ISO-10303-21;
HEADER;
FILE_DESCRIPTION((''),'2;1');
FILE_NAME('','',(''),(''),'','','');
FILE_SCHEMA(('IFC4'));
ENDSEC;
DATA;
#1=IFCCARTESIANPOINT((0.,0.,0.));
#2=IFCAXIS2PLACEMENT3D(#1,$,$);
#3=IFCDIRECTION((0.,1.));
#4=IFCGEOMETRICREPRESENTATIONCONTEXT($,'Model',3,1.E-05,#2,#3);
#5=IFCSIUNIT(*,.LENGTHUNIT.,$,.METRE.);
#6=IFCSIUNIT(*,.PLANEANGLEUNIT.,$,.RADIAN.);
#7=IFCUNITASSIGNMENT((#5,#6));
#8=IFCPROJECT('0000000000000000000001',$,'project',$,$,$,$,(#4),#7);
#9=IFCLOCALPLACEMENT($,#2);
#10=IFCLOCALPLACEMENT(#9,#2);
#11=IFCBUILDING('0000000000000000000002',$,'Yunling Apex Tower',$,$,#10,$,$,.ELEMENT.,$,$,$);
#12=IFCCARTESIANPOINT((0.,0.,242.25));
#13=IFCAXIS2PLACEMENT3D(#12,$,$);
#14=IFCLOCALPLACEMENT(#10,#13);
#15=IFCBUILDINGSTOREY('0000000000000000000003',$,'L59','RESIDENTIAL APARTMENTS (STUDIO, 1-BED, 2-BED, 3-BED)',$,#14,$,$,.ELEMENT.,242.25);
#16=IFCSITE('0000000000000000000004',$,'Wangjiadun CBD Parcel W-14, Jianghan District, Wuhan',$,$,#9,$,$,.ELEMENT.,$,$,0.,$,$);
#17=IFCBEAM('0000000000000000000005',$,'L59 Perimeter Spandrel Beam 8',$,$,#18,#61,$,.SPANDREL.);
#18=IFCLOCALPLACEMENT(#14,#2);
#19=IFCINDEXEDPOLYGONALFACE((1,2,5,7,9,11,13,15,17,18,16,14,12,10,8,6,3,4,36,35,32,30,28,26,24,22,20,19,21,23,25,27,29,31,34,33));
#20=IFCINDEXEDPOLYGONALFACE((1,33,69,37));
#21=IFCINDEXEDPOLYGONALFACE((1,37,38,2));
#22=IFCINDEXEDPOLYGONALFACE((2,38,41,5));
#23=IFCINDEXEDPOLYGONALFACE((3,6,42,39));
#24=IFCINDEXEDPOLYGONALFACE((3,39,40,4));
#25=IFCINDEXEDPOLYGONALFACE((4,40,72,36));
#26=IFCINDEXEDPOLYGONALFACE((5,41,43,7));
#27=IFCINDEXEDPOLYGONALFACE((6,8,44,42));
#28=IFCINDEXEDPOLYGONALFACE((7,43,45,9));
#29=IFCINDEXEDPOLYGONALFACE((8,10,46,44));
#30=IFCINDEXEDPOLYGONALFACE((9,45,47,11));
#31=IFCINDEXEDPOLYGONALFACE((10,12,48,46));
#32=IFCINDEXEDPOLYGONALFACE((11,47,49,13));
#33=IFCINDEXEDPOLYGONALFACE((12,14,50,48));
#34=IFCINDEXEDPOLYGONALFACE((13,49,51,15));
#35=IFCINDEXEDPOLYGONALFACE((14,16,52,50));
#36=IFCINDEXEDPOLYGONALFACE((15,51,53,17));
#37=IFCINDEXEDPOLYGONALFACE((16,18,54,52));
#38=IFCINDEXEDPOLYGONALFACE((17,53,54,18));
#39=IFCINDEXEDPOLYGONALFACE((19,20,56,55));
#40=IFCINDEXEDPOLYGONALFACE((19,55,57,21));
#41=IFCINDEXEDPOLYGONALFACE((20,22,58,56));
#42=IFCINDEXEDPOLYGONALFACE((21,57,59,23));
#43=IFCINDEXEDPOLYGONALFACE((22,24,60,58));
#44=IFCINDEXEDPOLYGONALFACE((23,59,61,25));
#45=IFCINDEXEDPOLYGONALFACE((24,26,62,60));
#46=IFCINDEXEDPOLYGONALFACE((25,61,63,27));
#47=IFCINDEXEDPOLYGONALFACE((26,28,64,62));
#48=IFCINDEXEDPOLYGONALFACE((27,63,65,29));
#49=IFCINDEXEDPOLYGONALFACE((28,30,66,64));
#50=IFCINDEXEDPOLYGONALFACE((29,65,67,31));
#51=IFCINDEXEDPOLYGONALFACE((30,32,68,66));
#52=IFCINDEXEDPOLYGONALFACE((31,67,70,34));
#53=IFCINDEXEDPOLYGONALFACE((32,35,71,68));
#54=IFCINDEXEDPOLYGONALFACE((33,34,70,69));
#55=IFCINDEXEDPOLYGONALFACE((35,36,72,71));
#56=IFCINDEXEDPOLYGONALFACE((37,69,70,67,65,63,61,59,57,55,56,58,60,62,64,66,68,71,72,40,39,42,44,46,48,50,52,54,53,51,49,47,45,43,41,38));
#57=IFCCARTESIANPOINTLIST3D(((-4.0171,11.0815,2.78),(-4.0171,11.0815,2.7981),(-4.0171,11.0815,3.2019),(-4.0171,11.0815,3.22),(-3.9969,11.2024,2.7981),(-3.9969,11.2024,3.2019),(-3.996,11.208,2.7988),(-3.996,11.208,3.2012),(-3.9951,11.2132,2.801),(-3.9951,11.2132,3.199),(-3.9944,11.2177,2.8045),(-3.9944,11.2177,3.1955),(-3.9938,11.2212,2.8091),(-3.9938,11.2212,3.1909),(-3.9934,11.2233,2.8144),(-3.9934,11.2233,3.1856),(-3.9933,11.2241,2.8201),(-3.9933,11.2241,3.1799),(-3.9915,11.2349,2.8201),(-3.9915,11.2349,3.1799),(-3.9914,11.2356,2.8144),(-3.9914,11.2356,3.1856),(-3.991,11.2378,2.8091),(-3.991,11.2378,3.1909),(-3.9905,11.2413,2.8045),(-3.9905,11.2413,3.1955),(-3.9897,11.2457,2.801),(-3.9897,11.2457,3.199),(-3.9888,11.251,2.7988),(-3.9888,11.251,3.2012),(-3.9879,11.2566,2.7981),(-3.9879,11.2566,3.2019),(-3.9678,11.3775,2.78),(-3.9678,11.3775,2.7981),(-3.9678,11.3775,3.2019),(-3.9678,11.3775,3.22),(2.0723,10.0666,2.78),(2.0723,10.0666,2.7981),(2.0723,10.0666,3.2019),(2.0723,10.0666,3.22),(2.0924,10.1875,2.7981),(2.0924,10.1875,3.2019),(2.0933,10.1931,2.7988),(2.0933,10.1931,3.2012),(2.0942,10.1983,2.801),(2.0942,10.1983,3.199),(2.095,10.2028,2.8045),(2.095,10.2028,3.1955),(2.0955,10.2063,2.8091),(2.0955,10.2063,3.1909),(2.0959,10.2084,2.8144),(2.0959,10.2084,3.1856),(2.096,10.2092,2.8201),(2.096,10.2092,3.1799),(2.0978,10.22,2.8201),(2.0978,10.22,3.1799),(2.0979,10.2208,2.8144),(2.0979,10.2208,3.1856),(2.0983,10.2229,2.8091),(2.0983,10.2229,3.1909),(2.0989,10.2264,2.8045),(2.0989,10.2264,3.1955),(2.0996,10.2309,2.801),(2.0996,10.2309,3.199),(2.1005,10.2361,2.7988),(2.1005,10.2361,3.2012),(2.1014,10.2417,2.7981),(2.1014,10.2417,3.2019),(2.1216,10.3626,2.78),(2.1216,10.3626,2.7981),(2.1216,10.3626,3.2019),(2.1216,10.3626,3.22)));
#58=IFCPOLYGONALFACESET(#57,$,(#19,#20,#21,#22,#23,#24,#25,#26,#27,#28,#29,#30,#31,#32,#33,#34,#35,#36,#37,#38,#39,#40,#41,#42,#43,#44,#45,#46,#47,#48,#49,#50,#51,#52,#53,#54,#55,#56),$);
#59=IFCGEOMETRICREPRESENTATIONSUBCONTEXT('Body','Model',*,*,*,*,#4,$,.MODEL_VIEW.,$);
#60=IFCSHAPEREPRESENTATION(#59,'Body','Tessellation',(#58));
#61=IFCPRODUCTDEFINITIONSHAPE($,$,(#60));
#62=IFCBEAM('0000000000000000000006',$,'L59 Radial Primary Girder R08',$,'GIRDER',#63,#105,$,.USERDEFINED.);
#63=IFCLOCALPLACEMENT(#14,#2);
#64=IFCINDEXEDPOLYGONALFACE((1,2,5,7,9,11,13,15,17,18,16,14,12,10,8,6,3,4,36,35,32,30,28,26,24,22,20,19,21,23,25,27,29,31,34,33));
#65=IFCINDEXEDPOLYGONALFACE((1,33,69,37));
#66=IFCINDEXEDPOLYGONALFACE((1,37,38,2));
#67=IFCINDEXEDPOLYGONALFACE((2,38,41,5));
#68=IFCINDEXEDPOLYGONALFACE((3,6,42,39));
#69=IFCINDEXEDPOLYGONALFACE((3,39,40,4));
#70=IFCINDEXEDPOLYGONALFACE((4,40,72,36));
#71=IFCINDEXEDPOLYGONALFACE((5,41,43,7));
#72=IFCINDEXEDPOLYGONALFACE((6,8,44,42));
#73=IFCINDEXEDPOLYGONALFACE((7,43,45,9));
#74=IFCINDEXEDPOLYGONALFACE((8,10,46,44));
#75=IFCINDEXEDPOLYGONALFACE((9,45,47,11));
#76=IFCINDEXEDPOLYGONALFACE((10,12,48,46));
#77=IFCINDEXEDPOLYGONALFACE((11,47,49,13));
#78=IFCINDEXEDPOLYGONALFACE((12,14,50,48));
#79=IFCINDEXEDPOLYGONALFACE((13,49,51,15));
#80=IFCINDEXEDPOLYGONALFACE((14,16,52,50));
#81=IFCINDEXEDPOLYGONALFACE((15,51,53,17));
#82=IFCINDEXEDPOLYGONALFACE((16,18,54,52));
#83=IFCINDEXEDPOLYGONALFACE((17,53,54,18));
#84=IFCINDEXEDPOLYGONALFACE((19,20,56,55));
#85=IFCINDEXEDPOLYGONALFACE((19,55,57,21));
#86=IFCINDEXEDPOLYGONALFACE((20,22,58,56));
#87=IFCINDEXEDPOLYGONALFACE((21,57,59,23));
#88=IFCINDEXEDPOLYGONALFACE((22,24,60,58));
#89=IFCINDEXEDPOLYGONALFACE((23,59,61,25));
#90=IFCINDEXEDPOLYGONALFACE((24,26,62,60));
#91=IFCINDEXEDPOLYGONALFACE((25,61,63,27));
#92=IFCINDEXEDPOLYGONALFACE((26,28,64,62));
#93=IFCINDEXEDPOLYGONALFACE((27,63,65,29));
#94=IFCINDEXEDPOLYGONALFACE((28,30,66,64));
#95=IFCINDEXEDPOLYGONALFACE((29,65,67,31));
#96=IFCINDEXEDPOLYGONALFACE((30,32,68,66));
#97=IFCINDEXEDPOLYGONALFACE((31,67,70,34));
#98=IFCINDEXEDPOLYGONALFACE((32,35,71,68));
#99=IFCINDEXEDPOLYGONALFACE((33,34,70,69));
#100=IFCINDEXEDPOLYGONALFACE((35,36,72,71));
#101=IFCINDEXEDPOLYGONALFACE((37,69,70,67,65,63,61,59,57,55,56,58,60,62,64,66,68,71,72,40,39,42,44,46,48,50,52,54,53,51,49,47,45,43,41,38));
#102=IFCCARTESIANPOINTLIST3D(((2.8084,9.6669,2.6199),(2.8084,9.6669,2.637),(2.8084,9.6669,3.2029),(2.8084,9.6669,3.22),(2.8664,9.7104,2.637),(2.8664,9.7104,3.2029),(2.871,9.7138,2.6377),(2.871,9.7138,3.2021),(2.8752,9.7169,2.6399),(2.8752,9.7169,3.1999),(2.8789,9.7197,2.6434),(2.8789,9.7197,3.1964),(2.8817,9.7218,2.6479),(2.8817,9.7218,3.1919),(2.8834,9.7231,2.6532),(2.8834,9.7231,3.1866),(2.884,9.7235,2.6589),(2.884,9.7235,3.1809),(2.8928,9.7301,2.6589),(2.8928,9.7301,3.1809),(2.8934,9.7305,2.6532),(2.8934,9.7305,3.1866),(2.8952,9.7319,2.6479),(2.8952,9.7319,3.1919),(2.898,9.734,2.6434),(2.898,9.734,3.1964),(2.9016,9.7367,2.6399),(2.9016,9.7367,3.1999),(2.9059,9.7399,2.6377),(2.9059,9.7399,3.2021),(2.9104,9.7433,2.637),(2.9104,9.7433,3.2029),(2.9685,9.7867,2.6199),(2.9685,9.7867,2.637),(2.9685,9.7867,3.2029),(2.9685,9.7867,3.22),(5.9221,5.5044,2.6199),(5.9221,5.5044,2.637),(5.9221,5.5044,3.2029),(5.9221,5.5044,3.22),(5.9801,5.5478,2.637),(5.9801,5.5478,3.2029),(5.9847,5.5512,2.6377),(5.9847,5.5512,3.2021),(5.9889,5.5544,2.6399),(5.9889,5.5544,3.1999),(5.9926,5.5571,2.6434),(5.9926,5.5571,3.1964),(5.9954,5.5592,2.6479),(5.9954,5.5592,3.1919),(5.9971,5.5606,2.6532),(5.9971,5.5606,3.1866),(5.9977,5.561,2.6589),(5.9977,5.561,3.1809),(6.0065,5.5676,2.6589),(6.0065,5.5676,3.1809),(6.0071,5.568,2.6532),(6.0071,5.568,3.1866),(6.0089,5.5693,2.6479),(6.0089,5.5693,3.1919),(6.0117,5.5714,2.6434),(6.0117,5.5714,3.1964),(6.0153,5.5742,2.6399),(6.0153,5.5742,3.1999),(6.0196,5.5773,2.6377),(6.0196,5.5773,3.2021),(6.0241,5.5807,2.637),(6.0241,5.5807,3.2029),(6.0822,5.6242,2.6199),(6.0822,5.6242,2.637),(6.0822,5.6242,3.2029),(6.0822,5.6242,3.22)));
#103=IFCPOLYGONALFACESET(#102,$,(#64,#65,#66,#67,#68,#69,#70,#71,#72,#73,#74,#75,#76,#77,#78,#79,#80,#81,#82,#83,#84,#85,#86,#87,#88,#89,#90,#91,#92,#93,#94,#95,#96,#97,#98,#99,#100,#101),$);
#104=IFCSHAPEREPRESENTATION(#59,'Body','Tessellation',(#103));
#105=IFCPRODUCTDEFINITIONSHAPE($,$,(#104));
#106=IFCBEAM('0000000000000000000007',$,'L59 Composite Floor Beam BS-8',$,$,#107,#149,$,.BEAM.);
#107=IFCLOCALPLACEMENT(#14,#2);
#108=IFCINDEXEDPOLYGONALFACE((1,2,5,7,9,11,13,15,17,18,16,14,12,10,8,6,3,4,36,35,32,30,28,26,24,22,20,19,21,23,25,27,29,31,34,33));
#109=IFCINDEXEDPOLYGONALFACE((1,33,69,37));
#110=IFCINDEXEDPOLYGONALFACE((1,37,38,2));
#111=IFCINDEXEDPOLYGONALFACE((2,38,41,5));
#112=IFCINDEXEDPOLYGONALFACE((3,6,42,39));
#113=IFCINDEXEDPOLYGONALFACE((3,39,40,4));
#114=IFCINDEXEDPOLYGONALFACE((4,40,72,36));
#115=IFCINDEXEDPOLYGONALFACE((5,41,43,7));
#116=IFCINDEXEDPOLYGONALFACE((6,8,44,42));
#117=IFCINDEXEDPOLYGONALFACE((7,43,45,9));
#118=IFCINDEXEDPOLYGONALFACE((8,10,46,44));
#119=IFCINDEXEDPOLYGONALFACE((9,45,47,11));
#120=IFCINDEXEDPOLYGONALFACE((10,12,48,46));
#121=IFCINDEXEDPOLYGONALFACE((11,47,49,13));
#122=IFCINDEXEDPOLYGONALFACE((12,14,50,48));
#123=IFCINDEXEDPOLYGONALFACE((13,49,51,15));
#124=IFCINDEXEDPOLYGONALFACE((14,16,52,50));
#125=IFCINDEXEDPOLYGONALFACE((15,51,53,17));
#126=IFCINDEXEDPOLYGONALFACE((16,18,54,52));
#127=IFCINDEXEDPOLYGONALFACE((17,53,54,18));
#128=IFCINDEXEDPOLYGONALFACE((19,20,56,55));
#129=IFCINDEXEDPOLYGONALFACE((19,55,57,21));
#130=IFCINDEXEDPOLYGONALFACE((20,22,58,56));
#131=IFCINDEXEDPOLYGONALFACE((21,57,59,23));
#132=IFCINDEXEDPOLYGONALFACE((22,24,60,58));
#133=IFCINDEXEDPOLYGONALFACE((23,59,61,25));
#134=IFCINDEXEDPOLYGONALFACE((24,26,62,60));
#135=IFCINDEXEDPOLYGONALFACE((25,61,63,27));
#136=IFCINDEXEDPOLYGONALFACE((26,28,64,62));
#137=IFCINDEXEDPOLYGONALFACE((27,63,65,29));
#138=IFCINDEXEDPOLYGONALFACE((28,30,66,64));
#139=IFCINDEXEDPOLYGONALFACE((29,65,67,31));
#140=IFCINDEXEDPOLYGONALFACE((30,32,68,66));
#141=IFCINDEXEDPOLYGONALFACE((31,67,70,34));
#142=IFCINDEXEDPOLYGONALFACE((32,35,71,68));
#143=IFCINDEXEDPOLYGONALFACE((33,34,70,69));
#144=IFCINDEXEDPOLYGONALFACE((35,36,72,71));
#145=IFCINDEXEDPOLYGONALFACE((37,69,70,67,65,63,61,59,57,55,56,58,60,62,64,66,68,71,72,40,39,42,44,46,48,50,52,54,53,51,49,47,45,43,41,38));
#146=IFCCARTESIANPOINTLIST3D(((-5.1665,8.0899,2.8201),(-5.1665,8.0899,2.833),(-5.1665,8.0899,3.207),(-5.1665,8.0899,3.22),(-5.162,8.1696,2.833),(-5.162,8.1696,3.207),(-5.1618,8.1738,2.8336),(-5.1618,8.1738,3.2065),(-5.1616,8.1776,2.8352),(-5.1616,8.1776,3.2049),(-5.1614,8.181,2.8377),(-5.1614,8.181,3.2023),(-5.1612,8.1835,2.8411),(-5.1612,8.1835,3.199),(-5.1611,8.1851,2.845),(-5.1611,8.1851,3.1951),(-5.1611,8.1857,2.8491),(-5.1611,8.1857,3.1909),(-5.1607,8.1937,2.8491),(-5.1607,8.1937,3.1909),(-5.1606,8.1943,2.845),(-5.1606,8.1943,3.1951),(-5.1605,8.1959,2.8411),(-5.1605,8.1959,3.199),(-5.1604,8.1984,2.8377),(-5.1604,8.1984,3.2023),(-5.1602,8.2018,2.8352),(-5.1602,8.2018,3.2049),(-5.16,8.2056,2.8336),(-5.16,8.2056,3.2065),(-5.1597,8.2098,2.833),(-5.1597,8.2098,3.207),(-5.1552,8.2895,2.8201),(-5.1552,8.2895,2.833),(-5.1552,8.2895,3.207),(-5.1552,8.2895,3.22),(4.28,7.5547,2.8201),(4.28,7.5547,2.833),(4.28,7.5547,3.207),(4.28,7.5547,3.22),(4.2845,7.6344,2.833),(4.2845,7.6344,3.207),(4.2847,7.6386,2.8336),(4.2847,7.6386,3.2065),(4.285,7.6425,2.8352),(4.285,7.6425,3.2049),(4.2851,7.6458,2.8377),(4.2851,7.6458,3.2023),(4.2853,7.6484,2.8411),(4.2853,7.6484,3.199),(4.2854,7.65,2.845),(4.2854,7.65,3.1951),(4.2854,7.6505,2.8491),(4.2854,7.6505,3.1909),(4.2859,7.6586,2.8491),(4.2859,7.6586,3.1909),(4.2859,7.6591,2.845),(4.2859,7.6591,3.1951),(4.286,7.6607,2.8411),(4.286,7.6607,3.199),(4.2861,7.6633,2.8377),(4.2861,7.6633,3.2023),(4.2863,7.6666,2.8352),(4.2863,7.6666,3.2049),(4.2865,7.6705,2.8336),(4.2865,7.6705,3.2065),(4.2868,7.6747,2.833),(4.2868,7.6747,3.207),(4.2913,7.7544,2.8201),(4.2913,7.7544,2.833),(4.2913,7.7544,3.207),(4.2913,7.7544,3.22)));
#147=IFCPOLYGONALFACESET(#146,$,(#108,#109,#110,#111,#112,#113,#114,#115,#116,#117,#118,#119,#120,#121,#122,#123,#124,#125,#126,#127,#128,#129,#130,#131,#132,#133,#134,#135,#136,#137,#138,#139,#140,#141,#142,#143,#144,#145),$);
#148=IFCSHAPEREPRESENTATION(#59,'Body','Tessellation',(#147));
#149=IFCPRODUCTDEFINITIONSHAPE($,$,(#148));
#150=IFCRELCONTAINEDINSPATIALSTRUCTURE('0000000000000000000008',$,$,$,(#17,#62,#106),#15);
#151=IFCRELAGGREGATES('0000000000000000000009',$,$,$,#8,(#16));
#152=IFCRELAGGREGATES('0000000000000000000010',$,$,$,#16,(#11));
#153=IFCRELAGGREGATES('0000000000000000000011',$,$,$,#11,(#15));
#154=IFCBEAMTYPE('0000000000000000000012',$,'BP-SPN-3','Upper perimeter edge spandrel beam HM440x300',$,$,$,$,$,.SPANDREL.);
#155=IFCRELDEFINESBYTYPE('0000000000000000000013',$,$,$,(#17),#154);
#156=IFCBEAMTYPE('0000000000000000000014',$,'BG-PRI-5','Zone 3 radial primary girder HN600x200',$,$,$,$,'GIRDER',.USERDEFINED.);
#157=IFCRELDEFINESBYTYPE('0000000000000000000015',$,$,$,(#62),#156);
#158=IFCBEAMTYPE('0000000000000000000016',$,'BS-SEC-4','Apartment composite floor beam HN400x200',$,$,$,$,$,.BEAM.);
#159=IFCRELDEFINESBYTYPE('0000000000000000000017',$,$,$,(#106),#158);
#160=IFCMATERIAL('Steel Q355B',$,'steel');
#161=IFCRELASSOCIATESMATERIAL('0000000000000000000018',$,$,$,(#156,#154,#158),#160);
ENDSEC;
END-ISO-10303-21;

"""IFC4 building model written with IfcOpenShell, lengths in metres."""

from ifc_helpers import new_model, si_unit, direction, frame, origin, origin_2d, place, context, subcontext, project, spatial, i_section, extrude, source, transform, mapped, material, material_profile, profile_set, type_object, element, save


model = new_model("IFC4")

# Units and contexts
model_context = context("Model", 3, precision=1e-05, world=origin(), true_north=direction((0.0, 1.0)))
body_context = subcontext(model_context, "Body", "Model", "MODEL_VIEW")
ifc_project = project(units=[si_unit("LENGTHUNIT", "METRE"), si_unit("PLANEANGLEUNIT", "RADIAN")], contexts=[model_context])

# Site, building, storey
site_placement = place(None, origin())
site = spatial("IfcSite", under=ifc_project, at=site_placement, Name="Wangjiadun CBD Parcel W-14, Jianghan District, Wuhan", CompositionType="ELEMENT", RefElevation=0.0)
building_placement = place(site_placement, origin())
building = spatial("IfcBuilding", under=site, at=building_placement, Name="Yunling Apex Tower", CompositionType="ELEMENT")
storey_placement = place(building_placement, frame((0.0, 0.0, 242.25)))
storey = spatial("IfcBuildingStorey", under=building, at=storey_placement, Name="L59", Description="RESIDENTIAL APARTMENTS (STUDIO, 1-BED, 2-BED, 3-BED)", CompositionType="ELEMENT", Elevation=242.25)

# Beams
ifc_material_1 = material(Name="Steel Q355B", Category="steel")
ifc_material_profile_1 = material_profile(ifc_material_1, i_section(OverallWidth=0.2, OverallDepth=0.6001, WebThickness=0.011, FlangeThickness=0.0171, FilletRadius=0.022, at=origin_2d()))
ifc_profile_set_1 = profile_set([ifc_material_profile_1], Name="Steel Q355B")
beam_type_1 = type_object("IfcBeamType", Name="BG-PRI-5", Description="Zone 3 radial primary girder HN600x200", ElementType="GIRDER", PredefinedType="USERDEFINED", material=ifc_profile_set_1)
ifc_material_profile_2 = material_profile(ifc_material_1, i_section(OverallWidth=0.3, OverallDepth=0.4399, WebThickness=0.011, FlangeThickness=0.0181, FilletRadius=0.022, at=origin_2d()))
ifc_profile_set_2 = profile_set([ifc_material_profile_2], Name="Steel Q355B")
beam_type_2 = type_object("IfcBeamType", Name="BP-SPN-3", Description="Upper perimeter edge spandrel beam HM440x300", PredefinedType="SPANDREL", material=ifc_profile_set_2)
shared_shape_1 = source(origin(), body_context, "Body", "SweptSolid", [
    extrude(i_section(OverallWidth=0.3, OverallDepth=0.4399, WebThickness=0.011, FlangeThickness=0.0181, FilletRadius=0.022, at=origin_2d()), origin(), (0.0, 0.0, 1.0), 6.1733),
])
beam_1_placement = place(storey_placement, frame((2.0969, 10.2146, 3.0), z_axis=(-0.986394, 0.164399, 0.0), x_axis=(-0.164399, -0.986394, 0.0)))
element("IfcBeam", 1, at=beam_1_placement, inside=storey, type_object=beam_type_2, Name="L59 Perimeter Spandrel Beam 8", PredefinedType="SPANDREL", context=body_context, shape_type="MappedRepresentation", body=[
    mapped(shared_shape_1, transform((0.0, 0.0, 0.0), scale=1.0)),
])
shared_shape_2 = source(origin(), body_context, "Body", "SweptSolid", [
    extrude(i_section(OverallWidth=0.2, OverallDepth=0.6001, WebThickness=0.011, FlangeThickness=0.0171, FilletRadius=0.022, at=origin_2d()), origin(), (0.0, 0.0, 1.0), 5.1982),
])
beam_2_placement = place(storey_placement, frame((2.8884, 9.7268, 2.9199), z_axis=(0.598993, -0.800755, 0.0), x_axis=(0.800755, 0.598993, 0.0)))
element("IfcBeam", 2, at=beam_2_placement, inside=storey, type_object=beam_type_1, Name="L59 Radial Primary Girder R08", ObjectType="GIRDER", PredefinedType="USERDEFINED", context=body_context, shape_type="MappedRepresentation", body=[
    mapped(shared_shape_2, transform((0.0, 0.0, 0.0), scale=1.0)),
])
ifc_material_profile_3 = material_profile(ifc_material_1, i_section(OverallWidth=0.2, OverallDepth=0.3999, WebThickness=0.0081, FlangeThickness=0.0129, FilletRadius=0.0161, at=origin_2d()))
ifc_profile_set_3 = profile_set([ifc_material_profile_3], Name="Steel Q355B")
beam_type_3 = type_object("IfcBeamType", Name="BS-SEC-4", Description="Apartment composite floor beam HN400x200", PredefinedType="BEAM", material=ifc_profile_set_3)
shared_shape_3 = source(origin(), body_context, "Body", "SweptSolid", [
    extrude(i_section(OverallWidth=0.2, OverallDepth=0.3999, WebThickness=0.0081, FlangeThickness=0.0129, FilletRadius=0.0161, at=origin_2d()), origin(), (0.0, 0.0, 1.0), 9.4617),
])
beam_3_placement = place(storey_placement, frame((4.2856, 7.6545, 3.02), z_axis=(-0.998399, 0.05656, 0.0), x_axis=(-0.05656, -0.998399, 0.0)))
element("IfcBeam", 3, at=beam_3_placement, inside=storey, type_object=beam_type_3, Name="L59 Composite Floor Beam BS-8", PredefinedType="BEAM", context=body_context, shape_type="MappedRepresentation", body=[
    mapped(shared_shape_3, transform((0.0, 0.0, 0.0), scale=1.0)),
])

save(model, "model.ifc")
